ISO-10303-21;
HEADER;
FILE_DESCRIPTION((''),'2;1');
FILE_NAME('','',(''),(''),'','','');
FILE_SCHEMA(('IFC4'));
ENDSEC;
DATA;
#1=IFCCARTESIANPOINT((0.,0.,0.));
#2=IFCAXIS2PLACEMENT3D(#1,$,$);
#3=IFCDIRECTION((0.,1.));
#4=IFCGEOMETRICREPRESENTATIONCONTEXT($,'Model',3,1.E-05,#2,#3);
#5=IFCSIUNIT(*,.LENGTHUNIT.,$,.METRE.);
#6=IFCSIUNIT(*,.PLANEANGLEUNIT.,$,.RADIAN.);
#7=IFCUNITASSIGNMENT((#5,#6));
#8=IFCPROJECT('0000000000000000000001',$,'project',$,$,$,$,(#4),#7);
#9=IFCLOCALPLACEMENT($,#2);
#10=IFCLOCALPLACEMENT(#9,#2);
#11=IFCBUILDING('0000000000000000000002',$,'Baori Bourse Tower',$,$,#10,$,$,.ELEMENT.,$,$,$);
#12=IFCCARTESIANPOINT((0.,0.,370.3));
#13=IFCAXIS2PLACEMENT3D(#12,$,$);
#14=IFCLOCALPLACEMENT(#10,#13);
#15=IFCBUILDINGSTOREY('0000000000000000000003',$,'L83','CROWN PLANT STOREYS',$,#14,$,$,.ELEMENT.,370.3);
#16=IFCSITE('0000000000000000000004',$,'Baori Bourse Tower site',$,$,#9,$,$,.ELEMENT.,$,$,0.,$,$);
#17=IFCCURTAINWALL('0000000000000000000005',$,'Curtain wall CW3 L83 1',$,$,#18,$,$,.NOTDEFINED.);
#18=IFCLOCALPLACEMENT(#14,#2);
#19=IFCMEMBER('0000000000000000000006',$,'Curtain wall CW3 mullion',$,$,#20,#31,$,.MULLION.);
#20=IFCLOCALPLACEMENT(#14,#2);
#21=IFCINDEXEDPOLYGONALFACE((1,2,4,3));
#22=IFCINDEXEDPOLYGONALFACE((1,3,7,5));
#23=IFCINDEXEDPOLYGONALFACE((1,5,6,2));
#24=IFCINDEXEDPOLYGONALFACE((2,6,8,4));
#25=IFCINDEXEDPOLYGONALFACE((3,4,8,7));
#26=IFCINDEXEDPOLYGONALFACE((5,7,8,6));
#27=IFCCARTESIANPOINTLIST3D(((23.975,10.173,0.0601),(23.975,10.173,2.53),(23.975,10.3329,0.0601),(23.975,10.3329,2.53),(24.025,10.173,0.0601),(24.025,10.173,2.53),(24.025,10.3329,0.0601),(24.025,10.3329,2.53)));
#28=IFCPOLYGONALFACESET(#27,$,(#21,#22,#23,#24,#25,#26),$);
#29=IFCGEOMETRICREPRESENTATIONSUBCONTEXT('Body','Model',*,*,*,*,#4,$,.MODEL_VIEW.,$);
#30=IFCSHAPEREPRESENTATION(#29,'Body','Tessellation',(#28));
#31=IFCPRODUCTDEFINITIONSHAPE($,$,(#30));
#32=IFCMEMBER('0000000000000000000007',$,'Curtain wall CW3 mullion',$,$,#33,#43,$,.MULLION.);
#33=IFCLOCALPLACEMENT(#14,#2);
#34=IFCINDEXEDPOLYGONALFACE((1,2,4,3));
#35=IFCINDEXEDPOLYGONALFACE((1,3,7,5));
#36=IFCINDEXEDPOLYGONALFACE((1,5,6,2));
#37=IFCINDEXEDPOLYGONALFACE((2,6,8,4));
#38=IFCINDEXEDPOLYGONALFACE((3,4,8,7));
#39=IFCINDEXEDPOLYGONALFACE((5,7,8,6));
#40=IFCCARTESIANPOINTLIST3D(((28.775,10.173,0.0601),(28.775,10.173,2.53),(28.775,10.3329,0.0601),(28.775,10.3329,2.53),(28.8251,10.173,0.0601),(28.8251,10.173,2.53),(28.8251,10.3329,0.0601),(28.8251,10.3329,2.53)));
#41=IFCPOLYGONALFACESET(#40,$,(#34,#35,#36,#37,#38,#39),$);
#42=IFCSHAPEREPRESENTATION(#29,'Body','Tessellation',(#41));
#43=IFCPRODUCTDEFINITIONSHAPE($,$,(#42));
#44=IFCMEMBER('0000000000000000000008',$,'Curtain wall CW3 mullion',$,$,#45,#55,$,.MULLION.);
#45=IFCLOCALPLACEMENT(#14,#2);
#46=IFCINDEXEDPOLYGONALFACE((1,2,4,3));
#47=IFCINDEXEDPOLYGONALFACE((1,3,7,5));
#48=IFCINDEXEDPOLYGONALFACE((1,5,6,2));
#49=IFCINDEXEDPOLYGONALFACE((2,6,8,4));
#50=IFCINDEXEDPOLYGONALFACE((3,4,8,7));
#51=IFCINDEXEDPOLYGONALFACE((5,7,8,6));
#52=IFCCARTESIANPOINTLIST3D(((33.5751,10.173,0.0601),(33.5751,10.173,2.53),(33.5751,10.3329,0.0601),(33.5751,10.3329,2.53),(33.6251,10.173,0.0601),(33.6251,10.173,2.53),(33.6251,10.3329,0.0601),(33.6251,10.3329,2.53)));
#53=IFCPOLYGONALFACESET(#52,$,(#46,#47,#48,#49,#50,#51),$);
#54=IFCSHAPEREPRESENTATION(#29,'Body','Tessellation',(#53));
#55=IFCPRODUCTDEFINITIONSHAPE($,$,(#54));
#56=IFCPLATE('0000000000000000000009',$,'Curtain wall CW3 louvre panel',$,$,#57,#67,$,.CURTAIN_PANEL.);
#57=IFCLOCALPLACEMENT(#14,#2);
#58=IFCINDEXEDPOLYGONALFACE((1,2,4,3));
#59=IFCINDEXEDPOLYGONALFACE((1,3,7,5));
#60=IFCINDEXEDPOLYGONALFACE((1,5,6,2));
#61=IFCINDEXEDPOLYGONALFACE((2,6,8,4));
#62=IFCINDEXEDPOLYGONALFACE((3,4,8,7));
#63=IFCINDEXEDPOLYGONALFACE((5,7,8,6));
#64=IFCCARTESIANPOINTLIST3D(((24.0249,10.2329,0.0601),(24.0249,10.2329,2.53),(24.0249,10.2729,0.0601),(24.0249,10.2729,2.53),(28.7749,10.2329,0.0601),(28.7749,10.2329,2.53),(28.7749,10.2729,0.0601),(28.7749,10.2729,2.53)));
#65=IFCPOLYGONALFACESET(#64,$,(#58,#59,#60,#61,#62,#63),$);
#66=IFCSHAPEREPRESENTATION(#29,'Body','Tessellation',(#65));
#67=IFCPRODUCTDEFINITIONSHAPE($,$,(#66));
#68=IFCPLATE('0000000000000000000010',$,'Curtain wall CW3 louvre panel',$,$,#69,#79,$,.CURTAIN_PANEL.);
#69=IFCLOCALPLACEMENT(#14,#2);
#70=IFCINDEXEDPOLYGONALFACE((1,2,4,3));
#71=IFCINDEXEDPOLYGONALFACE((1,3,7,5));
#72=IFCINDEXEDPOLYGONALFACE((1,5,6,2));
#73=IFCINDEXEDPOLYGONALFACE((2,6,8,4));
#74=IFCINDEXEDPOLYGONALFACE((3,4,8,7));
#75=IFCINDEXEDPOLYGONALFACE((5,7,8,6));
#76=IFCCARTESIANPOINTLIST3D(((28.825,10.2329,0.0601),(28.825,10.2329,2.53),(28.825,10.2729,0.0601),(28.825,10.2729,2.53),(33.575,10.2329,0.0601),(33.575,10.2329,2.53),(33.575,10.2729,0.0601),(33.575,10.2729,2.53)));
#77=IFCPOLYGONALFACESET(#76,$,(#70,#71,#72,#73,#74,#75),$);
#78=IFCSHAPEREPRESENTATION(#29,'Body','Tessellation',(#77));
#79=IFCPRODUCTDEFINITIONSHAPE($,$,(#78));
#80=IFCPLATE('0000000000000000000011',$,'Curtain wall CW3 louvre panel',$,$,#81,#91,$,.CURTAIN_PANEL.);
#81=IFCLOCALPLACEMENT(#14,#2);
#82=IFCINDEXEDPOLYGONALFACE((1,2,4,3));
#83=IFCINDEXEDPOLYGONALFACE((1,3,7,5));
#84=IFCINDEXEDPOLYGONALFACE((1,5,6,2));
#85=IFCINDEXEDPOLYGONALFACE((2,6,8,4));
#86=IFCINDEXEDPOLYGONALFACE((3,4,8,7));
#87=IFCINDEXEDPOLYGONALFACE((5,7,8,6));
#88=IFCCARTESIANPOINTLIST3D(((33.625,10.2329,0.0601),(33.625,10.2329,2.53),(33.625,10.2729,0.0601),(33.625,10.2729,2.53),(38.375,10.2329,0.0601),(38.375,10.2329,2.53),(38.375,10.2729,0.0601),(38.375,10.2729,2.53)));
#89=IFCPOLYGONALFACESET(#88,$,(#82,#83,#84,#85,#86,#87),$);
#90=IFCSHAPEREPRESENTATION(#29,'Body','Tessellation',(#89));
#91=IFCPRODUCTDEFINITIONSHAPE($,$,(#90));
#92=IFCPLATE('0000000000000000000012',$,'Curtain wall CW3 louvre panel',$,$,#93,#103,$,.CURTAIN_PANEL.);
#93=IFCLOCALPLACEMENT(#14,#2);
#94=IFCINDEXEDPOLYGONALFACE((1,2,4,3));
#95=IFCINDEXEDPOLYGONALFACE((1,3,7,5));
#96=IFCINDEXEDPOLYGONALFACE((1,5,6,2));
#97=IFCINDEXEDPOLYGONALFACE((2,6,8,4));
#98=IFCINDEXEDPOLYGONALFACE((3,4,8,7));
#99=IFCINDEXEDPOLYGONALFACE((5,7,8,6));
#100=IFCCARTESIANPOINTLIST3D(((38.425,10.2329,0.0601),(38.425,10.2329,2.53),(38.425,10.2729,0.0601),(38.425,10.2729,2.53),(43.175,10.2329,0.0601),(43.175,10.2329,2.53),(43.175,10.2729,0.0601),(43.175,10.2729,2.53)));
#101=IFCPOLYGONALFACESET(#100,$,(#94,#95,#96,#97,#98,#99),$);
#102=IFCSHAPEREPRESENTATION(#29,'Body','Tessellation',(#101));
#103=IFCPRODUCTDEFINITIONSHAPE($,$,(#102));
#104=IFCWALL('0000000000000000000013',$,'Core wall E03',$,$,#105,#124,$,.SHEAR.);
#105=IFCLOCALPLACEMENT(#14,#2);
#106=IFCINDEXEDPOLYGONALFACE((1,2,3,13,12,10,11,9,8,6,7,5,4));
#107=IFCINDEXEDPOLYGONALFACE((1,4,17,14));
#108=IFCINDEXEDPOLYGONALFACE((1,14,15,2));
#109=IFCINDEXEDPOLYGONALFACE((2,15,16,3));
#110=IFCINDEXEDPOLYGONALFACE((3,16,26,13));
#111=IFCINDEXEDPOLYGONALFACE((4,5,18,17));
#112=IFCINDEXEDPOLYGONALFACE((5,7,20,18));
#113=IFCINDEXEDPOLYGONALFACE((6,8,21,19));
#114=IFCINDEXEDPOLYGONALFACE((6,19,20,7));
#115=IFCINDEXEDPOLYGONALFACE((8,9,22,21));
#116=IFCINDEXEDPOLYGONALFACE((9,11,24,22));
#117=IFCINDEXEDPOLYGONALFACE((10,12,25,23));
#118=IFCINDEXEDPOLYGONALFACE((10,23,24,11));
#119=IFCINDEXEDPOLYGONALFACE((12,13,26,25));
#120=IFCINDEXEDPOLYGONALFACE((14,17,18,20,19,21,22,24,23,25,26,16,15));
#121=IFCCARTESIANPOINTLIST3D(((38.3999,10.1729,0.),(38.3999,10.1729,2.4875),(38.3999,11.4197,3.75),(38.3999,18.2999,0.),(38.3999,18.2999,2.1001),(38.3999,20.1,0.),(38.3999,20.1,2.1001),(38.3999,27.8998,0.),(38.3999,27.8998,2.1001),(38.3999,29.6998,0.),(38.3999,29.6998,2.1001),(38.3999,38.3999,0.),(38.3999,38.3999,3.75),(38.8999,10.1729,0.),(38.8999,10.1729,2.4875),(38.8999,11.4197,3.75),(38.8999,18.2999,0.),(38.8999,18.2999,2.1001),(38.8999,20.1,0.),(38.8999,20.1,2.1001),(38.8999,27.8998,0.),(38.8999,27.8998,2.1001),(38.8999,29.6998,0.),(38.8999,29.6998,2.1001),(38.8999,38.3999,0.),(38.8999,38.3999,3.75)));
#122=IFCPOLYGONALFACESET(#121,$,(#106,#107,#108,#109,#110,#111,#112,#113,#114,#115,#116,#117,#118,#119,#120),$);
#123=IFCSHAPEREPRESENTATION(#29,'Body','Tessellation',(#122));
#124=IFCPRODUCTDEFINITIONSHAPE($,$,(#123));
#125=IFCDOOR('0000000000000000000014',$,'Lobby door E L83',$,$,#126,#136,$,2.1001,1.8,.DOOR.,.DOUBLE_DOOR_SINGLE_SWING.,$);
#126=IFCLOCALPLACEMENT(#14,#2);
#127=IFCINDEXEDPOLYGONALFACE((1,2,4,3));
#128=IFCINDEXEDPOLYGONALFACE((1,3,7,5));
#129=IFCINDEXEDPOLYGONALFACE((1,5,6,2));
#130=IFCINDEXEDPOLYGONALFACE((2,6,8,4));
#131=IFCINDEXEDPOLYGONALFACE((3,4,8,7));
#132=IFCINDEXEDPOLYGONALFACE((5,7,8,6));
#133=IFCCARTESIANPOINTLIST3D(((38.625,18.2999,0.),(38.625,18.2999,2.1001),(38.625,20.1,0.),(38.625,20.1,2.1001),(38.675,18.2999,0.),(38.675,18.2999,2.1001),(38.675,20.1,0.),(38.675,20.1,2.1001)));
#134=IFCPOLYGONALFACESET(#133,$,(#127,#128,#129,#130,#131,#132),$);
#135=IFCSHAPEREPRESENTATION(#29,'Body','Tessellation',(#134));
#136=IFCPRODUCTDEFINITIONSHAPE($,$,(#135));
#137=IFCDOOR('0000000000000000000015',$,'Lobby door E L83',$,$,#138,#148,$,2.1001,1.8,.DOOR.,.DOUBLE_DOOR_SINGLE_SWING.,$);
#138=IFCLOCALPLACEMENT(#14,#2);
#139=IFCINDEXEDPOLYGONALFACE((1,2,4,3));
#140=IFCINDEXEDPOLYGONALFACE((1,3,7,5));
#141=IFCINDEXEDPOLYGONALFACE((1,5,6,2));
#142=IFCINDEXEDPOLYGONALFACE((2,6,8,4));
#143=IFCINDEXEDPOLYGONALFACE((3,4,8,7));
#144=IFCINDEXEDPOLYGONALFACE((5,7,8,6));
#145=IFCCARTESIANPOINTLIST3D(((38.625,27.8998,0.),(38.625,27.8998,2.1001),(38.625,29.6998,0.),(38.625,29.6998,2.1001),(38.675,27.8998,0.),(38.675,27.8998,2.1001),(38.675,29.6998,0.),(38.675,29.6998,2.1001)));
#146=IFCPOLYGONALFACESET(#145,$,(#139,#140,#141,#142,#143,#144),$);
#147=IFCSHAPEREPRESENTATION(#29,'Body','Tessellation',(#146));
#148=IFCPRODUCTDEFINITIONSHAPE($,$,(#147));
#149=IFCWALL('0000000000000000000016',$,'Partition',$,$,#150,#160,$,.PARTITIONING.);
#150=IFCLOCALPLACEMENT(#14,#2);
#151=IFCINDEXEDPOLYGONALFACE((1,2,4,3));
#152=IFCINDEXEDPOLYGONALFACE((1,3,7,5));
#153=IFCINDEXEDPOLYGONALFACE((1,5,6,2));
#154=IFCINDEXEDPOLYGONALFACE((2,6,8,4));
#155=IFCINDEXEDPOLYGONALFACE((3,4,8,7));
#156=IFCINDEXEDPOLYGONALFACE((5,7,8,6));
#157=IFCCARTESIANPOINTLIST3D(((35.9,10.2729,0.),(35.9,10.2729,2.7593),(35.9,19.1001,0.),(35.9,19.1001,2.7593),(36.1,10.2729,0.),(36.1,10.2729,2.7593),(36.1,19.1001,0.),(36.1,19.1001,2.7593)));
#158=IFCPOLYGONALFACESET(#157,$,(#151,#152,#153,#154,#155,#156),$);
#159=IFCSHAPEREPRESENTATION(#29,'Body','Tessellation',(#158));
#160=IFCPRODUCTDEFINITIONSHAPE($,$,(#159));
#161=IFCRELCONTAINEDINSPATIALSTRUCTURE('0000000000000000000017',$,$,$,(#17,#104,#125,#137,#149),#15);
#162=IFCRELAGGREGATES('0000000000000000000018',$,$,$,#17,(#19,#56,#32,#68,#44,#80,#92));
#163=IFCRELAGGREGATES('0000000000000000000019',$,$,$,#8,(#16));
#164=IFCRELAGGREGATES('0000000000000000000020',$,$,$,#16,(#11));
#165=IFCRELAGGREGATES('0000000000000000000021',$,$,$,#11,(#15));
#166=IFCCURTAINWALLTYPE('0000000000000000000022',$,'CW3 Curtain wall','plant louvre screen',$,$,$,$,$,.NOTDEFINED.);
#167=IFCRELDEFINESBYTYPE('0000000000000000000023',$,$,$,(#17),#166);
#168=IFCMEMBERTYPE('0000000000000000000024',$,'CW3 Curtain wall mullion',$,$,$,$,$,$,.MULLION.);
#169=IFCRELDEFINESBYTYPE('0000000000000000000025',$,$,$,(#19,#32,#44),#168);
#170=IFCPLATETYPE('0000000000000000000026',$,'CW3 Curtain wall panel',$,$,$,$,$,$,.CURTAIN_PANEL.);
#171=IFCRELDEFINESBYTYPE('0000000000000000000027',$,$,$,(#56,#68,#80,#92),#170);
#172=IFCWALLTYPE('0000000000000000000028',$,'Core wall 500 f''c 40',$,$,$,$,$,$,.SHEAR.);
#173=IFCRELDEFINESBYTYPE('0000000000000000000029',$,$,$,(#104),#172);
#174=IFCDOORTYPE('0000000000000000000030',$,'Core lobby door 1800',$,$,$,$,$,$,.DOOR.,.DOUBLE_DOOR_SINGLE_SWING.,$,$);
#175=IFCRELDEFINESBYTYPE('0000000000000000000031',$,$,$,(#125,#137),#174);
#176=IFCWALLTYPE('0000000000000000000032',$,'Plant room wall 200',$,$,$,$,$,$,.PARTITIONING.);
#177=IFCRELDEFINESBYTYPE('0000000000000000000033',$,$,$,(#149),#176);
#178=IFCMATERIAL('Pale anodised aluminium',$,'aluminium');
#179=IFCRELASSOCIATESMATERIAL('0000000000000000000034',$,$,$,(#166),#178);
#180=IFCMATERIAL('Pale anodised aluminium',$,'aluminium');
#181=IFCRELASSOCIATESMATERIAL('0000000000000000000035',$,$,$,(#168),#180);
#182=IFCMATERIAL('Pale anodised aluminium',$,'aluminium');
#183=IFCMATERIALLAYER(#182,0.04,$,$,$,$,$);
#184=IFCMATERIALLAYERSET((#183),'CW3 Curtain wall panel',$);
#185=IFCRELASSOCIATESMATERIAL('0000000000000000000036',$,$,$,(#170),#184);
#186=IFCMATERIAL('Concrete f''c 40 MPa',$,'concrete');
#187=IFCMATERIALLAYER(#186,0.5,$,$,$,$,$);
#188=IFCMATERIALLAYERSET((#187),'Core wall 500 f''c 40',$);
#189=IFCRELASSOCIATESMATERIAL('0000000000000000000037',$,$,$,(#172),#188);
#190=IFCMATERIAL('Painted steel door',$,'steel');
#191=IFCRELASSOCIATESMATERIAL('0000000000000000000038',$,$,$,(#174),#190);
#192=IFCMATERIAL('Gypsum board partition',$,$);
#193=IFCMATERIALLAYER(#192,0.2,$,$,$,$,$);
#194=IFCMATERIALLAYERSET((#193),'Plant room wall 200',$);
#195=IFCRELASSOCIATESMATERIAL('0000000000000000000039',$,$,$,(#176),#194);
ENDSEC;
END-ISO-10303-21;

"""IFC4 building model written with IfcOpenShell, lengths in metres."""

from ifc_helpers import new_model, si_unit, direction, frame, frame_2d, origin, origin_2d, place, context, subcontext, project, spatial, polyline, rectangle, outline, extrude, material, layer, layer_set, material_profile, profile_set, type_object, element, fill, aggregate, save


model = new_model("IFC4")

# Units and contexts
model_context = context("Model", 3, precision=1e-05, world=origin(), true_north=direction((0.0, 1.0)))
body_context = subcontext(model_context, "Body", "Model", "MODEL_VIEW")
ifc_project = project(units=[si_unit("LENGTHUNIT", "METRE"), si_unit("PLANEANGLEUNIT", "RADIAN")], contexts=[model_context])

# Site, building, storey
site_placement = place(None, origin())
site = spatial("IfcSite", under=ifc_project, at=site_placement, Name="Baori Bourse Tower site", CompositionType="ELEMENT", RefElevation=0.0)
building_placement = place(site_placement, origin())
building = spatial("IfcBuilding", under=site, at=building_placement, Name="Baori Bourse Tower", CompositionType="ELEMENT")
storey_placement = place(building_placement, frame((0.0, 0.0, 370.3)))
storey = spatial("IfcBuildingStorey", under=building, at=storey_placement, Name="L83", Description="CROWN PLANT STOREYS", CompositionType="ELEMENT", Elevation=370.3)

# Curtain wall, members, plates
ifc_material_1 = material(Name="Pale anodised aluminium", Category="aluminium")
curtain_wall_type = type_object("IfcCurtainWallType", Name="CW3 Curtain wall", Description="plant louvre screen", PredefinedType="NOTDEFINED", material=ifc_material_1)
curtain_wall_placement = place(storey_placement, origin())
curtain_wall = element("IfcCurtainWall", 1, at=curtain_wall_placement, inside=storey, type_object=curtain_wall_type, Name="Curtain wall CW3 L83 1", PredefinedType="NOTDEFINED")
ifc_material_2 = material(Name="Pale anodised aluminium", Category="aluminium")
ifc_material_profile = material_profile(ifc_material_2, rectangle(XDim=0.1599, YDim=0.05, at=origin_2d()), Name="Mullion 50x160")
ifc_profile_set = profile_set([ifc_material_profile], Name="Pale anodised aluminium")
member_type = type_object("IfcMemberType", Name="CW3 Curtain wall mullion", PredefinedType="MULLION", material=ifc_profile_set)
member_1_placement = place(storey_placement, frame((24.0, 10.2529, 0.0601), z_axis=(0.0, 0.0, 1.0), x_axis=(0.0, 1.0, 0.0)))
member_1 = element("IfcMember", 2, at=member_1_placement, type_object=member_type, Name="Curtain wall CW3 mullion", PredefinedType="MULLION", context=body_context, shape_type="SweptSolid", body=[
    extrude(rectangle(XDim=0.1599, YDim=0.05, at=origin_2d()), origin(), (0.0, 0.0, 1.0), 2.47),
])
member_2_placement = place(storey_placement, frame((28.8, 10.2529, 0.0601), z_axis=(0.0, 0.0, 1.0), x_axis=(0.0, 1.0, 0.0)))
member_2 = element("IfcMember", 3, at=member_2_placement, type_object=member_type, Name="Curtain wall CW3 mullion", PredefinedType="MULLION", context=body_context, shape_type="SweptSolid", body=[
    extrude(rectangle(XDim=0.1599, YDim=0.05, at=origin_2d()), origin(), (0.0, 0.0, 1.0), 2.47),
])
member_3_placement = place(storey_placement, frame((33.6001, 10.2529, 0.0601), z_axis=(0.0, 0.0, 1.0), x_axis=(0.0, 1.0, 0.0)))
member_3 = element("IfcMember", 4, at=member_3_placement, type_object=member_type, Name="Curtain wall CW3 mullion", PredefinedType="MULLION", context=body_context, shape_type="SweptSolid", body=[
    extrude(rectangle(XDim=0.1599, YDim=0.05, at=origin_2d()), origin(), (0.0, 0.0, 1.0), 2.47),
])
ifc_material_3 = material(Name="Pale anodised aluminium", Category="aluminium")
ifc_layer_1 = layer(ifc_material_3, 0.04)
ifc_layer_set_1 = layer_set([ifc_layer_1], Name="CW3 Curtain wall panel")
plate_type = type_object("IfcPlateType", Name="CW3 Curtain wall panel", PredefinedType="CURTAIN_PANEL", material=ifc_layer_set_1)
plate_1_placement = place(storey_placement, frame((26.3999, 10.2529, 0.0601), z_axis=(0.0, 0.0, 1.0), x_axis=(1.0, 0.0, 0.0)))
plate_1 = element("IfcPlate", 5, at=plate_1_placement, type_object=plate_type, Name="Curtain wall CW3 louvre panel", PredefinedType="CURTAIN_PANEL", context=body_context, shape_type="SweptSolid", body=[
    extrude(rectangle(XDim=4.75, YDim=0.04, at=origin_2d()), origin(), (0.0, 0.0, 1.0), 2.47),
])
plate_2_placement = place(storey_placement, frame((31.2, 10.2529, 0.0601), z_axis=(0.0, 0.0, 1.0), x_axis=(1.0, 0.0, 0.0)))
plate_2 = element("IfcPlate", 6, at=plate_2_placement, type_object=plate_type, Name="Curtain wall CW3 louvre panel", PredefinedType="CURTAIN_PANEL", context=body_context, shape_type="SweptSolid", body=[
    extrude(rectangle(XDim=4.75, YDim=0.04, at=origin_2d()), origin(), (0.0, 0.0, 1.0), 2.47),
])
plate_3_placement = place(storey_placement, frame((36.0, 10.2529, 0.0601), z_axis=(0.0, 0.0, 1.0), x_axis=(1.0, 0.0, 0.0)))
plate_3 = element("IfcPlate", 7, at=plate_3_placement, type_object=plate_type, Name="Curtain wall CW3 louvre panel", PredefinedType="CURTAIN_PANEL", context=body_context, shape_type="SweptSolid", body=[
    extrude(rectangle(XDim=4.75, YDim=0.04, at=origin_2d()), origin(), (0.0, 0.0, 1.0), 2.47),
])
plate_4_placement = place(storey_placement, frame((40.8, 10.2529, 0.0601), z_axis=(0.0, 0.0, 1.0), x_axis=(1.0, 0.0, 0.0)))
plate_4 = element("IfcPlate", 8, at=plate_4_placement, type_object=plate_type, Name="Curtain wall CW3 louvre panel", PredefinedType="CURTAIN_PANEL", context=body_context, shape_type="SweptSolid", body=[
    extrude(rectangle(XDim=4.75, YDim=0.04, at=origin_2d()), origin(), (0.0, 0.0, 1.0), 2.47),
])
aggregate(curtain_wall, [member_1, plate_1, member_2, plate_2, member_3, plate_3, plate_4])

# Wall, openings, doors
ifc_material_4 = material(Name="Concrete f'c 40 MPa", Category="concrete")
ifc_layer_2 = layer(ifc_material_4, 0.5)
ifc_layer_set_2 = layer_set([ifc_layer_2], Name="Core wall 500 f'c 40")
wall_type_1 = type_object("IfcWallType", Name="Core wall 500 f'c 40", PredefinedType="SHEAR", material=ifc_layer_set_2)
wall_1_placement = place(storey_placement, frame((38.6499, 10.1729, 0.0), z_axis=(0.0, 0.0, 1.0), x_axis=(0.0, 1.0, 0.0)))
wall_1 = element("IfcWall", 9, at=wall_1_placement, inside=storey, type_object=wall_type_1, Name="Core wall E03", PredefinedType="SHEAR", context=body_context, shape_type="SweptSolid", body=[
    extrude(outline(polyline([(0.0, 0.0), (28.2271, 0.0), (28.2271, 3.75), (1.2468, 3.75), (0.0, 2.4875), (0.0, 0.0)])), frame((0.0, 0.25, 0.0), z_axis=(0.0, -1.0, 0.0), x_axis=(1.0, 0.0, 0.0)), (0.0, 0.0, 1.0), 0.5),
])
opening_1_placement = place(wall_1_placement, frame((8.1272, 0.0, 0.0)))
opening_1 = element("IfcOpeningElement", 10, at=opening_1_placement, cuts=wall_1, PredefinedType="OPENING", context=body_context, shape_type="SweptSolid", body=[
    extrude(rectangle(XDim=1.8, YDim=2.1001, at=frame_2d((0.8999, 1.05))), frame((0.0, 0.26, 0.0), z_axis=(0.0, -1.0, 0.0), x_axis=(1.0, 0.0, 0.0)), (0.0, 0.0, 1.0), 0.52),
])
opening_2_placement = place(wall_1_placement, frame((17.7271, 0.0, 0.0)))
opening_2 = element("IfcOpeningElement", 11, at=opening_2_placement, cuts=wall_1, PredefinedType="OPENING", context=body_context, shape_type="SweptSolid", body=[
    extrude(rectangle(XDim=1.8, YDim=2.1001, at=frame_2d((0.8999, 1.05))), frame((0.0, 0.26, 0.0), z_axis=(0.0, -1.0, 0.0), x_axis=(1.0, 0.0, 0.0)), (0.0, 0.0, 1.0), 0.52),
])
ifc_material_5 = material(Name="Painted steel door", Category="steel")
door_type = type_object("IfcDoorType", Name="Core lobby door 1800", OperationType="DOUBLE_DOOR_SINGLE_SWING", PredefinedType="DOOR", material=ifc_material_5)
door_1_placement = place(opening_1_placement, origin())
door_1 = element("IfcDoor", 12, at=door_1_placement, inside=storey, type_object=door_type, Name="Lobby door E L83", OperationType="DOUBLE_DOOR_SINGLE_SWING", OverallHeight=2.1001, OverallWidth=1.8, PredefinedType="DOOR", context=body_context, shape_type="SweptSolid", body=[
    extrude(rectangle(XDim=1.8, YDim=2.1001, at=frame_2d((0.8999, 1.05))), frame((0.0, 0.0249, 0.0), z_axis=(0.0, -1.0, 0.0), x_axis=(1.0, 0.0, 0.0)), (0.0, 0.0, 1.0), 0.05),
])
fill(opening_1, door_1)
door_2_placement = place(opening_2_placement, origin())
door_2 = element("IfcDoor", 13, at=door_2_placement, inside=storey, type_object=door_type, Name="Lobby door E L83", OperationType="DOUBLE_DOOR_SINGLE_SWING", OverallHeight=2.1001, OverallWidth=1.8, PredefinedType="DOOR", context=body_context, shape_type="SweptSolid", body=[
    extrude(rectangle(XDim=1.8, YDim=2.1001, at=frame_2d((0.8999, 1.05))), frame((0.0, 0.0249, 0.0), z_axis=(0.0, -1.0, 0.0), x_axis=(1.0, 0.0, 0.0)), (0.0, 0.0, 1.0), 0.05),
])
fill(opening_2, door_2)

# Wall
ifc_material_6 = material(Name="Gypsum board partition")
ifc_layer_3 = layer(ifc_material_6, 0.2)
ifc_layer_set_3 = layer_set([ifc_layer_3], Name="Plant room wall 200")
wall_type_2 = type_object("IfcWallType", Name="Plant room wall 200", PredefinedType="PARTITIONING", material=ifc_layer_set_3)
wall_2_placement = place(storey_placement, frame((36.0, 10.2729, 0.0), z_axis=(0.0, 0.0, 1.0), x_axis=(0.0, 1.0, 0.0)))
element("IfcWall", 14, at=wall_2_placement, inside=storey, type_object=wall_type_2, Name="Partition", PredefinedType="PARTITIONING", context=body_context, shape_type="SweptSolid", body=[
    extrude(rectangle(XDim=8.8271, YDim=0.2, at=frame_2d((4.4136, 0.0))), origin(), (0.0, 0.0, 1.0), 2.7593),
])

save(model, "model.ifc")
